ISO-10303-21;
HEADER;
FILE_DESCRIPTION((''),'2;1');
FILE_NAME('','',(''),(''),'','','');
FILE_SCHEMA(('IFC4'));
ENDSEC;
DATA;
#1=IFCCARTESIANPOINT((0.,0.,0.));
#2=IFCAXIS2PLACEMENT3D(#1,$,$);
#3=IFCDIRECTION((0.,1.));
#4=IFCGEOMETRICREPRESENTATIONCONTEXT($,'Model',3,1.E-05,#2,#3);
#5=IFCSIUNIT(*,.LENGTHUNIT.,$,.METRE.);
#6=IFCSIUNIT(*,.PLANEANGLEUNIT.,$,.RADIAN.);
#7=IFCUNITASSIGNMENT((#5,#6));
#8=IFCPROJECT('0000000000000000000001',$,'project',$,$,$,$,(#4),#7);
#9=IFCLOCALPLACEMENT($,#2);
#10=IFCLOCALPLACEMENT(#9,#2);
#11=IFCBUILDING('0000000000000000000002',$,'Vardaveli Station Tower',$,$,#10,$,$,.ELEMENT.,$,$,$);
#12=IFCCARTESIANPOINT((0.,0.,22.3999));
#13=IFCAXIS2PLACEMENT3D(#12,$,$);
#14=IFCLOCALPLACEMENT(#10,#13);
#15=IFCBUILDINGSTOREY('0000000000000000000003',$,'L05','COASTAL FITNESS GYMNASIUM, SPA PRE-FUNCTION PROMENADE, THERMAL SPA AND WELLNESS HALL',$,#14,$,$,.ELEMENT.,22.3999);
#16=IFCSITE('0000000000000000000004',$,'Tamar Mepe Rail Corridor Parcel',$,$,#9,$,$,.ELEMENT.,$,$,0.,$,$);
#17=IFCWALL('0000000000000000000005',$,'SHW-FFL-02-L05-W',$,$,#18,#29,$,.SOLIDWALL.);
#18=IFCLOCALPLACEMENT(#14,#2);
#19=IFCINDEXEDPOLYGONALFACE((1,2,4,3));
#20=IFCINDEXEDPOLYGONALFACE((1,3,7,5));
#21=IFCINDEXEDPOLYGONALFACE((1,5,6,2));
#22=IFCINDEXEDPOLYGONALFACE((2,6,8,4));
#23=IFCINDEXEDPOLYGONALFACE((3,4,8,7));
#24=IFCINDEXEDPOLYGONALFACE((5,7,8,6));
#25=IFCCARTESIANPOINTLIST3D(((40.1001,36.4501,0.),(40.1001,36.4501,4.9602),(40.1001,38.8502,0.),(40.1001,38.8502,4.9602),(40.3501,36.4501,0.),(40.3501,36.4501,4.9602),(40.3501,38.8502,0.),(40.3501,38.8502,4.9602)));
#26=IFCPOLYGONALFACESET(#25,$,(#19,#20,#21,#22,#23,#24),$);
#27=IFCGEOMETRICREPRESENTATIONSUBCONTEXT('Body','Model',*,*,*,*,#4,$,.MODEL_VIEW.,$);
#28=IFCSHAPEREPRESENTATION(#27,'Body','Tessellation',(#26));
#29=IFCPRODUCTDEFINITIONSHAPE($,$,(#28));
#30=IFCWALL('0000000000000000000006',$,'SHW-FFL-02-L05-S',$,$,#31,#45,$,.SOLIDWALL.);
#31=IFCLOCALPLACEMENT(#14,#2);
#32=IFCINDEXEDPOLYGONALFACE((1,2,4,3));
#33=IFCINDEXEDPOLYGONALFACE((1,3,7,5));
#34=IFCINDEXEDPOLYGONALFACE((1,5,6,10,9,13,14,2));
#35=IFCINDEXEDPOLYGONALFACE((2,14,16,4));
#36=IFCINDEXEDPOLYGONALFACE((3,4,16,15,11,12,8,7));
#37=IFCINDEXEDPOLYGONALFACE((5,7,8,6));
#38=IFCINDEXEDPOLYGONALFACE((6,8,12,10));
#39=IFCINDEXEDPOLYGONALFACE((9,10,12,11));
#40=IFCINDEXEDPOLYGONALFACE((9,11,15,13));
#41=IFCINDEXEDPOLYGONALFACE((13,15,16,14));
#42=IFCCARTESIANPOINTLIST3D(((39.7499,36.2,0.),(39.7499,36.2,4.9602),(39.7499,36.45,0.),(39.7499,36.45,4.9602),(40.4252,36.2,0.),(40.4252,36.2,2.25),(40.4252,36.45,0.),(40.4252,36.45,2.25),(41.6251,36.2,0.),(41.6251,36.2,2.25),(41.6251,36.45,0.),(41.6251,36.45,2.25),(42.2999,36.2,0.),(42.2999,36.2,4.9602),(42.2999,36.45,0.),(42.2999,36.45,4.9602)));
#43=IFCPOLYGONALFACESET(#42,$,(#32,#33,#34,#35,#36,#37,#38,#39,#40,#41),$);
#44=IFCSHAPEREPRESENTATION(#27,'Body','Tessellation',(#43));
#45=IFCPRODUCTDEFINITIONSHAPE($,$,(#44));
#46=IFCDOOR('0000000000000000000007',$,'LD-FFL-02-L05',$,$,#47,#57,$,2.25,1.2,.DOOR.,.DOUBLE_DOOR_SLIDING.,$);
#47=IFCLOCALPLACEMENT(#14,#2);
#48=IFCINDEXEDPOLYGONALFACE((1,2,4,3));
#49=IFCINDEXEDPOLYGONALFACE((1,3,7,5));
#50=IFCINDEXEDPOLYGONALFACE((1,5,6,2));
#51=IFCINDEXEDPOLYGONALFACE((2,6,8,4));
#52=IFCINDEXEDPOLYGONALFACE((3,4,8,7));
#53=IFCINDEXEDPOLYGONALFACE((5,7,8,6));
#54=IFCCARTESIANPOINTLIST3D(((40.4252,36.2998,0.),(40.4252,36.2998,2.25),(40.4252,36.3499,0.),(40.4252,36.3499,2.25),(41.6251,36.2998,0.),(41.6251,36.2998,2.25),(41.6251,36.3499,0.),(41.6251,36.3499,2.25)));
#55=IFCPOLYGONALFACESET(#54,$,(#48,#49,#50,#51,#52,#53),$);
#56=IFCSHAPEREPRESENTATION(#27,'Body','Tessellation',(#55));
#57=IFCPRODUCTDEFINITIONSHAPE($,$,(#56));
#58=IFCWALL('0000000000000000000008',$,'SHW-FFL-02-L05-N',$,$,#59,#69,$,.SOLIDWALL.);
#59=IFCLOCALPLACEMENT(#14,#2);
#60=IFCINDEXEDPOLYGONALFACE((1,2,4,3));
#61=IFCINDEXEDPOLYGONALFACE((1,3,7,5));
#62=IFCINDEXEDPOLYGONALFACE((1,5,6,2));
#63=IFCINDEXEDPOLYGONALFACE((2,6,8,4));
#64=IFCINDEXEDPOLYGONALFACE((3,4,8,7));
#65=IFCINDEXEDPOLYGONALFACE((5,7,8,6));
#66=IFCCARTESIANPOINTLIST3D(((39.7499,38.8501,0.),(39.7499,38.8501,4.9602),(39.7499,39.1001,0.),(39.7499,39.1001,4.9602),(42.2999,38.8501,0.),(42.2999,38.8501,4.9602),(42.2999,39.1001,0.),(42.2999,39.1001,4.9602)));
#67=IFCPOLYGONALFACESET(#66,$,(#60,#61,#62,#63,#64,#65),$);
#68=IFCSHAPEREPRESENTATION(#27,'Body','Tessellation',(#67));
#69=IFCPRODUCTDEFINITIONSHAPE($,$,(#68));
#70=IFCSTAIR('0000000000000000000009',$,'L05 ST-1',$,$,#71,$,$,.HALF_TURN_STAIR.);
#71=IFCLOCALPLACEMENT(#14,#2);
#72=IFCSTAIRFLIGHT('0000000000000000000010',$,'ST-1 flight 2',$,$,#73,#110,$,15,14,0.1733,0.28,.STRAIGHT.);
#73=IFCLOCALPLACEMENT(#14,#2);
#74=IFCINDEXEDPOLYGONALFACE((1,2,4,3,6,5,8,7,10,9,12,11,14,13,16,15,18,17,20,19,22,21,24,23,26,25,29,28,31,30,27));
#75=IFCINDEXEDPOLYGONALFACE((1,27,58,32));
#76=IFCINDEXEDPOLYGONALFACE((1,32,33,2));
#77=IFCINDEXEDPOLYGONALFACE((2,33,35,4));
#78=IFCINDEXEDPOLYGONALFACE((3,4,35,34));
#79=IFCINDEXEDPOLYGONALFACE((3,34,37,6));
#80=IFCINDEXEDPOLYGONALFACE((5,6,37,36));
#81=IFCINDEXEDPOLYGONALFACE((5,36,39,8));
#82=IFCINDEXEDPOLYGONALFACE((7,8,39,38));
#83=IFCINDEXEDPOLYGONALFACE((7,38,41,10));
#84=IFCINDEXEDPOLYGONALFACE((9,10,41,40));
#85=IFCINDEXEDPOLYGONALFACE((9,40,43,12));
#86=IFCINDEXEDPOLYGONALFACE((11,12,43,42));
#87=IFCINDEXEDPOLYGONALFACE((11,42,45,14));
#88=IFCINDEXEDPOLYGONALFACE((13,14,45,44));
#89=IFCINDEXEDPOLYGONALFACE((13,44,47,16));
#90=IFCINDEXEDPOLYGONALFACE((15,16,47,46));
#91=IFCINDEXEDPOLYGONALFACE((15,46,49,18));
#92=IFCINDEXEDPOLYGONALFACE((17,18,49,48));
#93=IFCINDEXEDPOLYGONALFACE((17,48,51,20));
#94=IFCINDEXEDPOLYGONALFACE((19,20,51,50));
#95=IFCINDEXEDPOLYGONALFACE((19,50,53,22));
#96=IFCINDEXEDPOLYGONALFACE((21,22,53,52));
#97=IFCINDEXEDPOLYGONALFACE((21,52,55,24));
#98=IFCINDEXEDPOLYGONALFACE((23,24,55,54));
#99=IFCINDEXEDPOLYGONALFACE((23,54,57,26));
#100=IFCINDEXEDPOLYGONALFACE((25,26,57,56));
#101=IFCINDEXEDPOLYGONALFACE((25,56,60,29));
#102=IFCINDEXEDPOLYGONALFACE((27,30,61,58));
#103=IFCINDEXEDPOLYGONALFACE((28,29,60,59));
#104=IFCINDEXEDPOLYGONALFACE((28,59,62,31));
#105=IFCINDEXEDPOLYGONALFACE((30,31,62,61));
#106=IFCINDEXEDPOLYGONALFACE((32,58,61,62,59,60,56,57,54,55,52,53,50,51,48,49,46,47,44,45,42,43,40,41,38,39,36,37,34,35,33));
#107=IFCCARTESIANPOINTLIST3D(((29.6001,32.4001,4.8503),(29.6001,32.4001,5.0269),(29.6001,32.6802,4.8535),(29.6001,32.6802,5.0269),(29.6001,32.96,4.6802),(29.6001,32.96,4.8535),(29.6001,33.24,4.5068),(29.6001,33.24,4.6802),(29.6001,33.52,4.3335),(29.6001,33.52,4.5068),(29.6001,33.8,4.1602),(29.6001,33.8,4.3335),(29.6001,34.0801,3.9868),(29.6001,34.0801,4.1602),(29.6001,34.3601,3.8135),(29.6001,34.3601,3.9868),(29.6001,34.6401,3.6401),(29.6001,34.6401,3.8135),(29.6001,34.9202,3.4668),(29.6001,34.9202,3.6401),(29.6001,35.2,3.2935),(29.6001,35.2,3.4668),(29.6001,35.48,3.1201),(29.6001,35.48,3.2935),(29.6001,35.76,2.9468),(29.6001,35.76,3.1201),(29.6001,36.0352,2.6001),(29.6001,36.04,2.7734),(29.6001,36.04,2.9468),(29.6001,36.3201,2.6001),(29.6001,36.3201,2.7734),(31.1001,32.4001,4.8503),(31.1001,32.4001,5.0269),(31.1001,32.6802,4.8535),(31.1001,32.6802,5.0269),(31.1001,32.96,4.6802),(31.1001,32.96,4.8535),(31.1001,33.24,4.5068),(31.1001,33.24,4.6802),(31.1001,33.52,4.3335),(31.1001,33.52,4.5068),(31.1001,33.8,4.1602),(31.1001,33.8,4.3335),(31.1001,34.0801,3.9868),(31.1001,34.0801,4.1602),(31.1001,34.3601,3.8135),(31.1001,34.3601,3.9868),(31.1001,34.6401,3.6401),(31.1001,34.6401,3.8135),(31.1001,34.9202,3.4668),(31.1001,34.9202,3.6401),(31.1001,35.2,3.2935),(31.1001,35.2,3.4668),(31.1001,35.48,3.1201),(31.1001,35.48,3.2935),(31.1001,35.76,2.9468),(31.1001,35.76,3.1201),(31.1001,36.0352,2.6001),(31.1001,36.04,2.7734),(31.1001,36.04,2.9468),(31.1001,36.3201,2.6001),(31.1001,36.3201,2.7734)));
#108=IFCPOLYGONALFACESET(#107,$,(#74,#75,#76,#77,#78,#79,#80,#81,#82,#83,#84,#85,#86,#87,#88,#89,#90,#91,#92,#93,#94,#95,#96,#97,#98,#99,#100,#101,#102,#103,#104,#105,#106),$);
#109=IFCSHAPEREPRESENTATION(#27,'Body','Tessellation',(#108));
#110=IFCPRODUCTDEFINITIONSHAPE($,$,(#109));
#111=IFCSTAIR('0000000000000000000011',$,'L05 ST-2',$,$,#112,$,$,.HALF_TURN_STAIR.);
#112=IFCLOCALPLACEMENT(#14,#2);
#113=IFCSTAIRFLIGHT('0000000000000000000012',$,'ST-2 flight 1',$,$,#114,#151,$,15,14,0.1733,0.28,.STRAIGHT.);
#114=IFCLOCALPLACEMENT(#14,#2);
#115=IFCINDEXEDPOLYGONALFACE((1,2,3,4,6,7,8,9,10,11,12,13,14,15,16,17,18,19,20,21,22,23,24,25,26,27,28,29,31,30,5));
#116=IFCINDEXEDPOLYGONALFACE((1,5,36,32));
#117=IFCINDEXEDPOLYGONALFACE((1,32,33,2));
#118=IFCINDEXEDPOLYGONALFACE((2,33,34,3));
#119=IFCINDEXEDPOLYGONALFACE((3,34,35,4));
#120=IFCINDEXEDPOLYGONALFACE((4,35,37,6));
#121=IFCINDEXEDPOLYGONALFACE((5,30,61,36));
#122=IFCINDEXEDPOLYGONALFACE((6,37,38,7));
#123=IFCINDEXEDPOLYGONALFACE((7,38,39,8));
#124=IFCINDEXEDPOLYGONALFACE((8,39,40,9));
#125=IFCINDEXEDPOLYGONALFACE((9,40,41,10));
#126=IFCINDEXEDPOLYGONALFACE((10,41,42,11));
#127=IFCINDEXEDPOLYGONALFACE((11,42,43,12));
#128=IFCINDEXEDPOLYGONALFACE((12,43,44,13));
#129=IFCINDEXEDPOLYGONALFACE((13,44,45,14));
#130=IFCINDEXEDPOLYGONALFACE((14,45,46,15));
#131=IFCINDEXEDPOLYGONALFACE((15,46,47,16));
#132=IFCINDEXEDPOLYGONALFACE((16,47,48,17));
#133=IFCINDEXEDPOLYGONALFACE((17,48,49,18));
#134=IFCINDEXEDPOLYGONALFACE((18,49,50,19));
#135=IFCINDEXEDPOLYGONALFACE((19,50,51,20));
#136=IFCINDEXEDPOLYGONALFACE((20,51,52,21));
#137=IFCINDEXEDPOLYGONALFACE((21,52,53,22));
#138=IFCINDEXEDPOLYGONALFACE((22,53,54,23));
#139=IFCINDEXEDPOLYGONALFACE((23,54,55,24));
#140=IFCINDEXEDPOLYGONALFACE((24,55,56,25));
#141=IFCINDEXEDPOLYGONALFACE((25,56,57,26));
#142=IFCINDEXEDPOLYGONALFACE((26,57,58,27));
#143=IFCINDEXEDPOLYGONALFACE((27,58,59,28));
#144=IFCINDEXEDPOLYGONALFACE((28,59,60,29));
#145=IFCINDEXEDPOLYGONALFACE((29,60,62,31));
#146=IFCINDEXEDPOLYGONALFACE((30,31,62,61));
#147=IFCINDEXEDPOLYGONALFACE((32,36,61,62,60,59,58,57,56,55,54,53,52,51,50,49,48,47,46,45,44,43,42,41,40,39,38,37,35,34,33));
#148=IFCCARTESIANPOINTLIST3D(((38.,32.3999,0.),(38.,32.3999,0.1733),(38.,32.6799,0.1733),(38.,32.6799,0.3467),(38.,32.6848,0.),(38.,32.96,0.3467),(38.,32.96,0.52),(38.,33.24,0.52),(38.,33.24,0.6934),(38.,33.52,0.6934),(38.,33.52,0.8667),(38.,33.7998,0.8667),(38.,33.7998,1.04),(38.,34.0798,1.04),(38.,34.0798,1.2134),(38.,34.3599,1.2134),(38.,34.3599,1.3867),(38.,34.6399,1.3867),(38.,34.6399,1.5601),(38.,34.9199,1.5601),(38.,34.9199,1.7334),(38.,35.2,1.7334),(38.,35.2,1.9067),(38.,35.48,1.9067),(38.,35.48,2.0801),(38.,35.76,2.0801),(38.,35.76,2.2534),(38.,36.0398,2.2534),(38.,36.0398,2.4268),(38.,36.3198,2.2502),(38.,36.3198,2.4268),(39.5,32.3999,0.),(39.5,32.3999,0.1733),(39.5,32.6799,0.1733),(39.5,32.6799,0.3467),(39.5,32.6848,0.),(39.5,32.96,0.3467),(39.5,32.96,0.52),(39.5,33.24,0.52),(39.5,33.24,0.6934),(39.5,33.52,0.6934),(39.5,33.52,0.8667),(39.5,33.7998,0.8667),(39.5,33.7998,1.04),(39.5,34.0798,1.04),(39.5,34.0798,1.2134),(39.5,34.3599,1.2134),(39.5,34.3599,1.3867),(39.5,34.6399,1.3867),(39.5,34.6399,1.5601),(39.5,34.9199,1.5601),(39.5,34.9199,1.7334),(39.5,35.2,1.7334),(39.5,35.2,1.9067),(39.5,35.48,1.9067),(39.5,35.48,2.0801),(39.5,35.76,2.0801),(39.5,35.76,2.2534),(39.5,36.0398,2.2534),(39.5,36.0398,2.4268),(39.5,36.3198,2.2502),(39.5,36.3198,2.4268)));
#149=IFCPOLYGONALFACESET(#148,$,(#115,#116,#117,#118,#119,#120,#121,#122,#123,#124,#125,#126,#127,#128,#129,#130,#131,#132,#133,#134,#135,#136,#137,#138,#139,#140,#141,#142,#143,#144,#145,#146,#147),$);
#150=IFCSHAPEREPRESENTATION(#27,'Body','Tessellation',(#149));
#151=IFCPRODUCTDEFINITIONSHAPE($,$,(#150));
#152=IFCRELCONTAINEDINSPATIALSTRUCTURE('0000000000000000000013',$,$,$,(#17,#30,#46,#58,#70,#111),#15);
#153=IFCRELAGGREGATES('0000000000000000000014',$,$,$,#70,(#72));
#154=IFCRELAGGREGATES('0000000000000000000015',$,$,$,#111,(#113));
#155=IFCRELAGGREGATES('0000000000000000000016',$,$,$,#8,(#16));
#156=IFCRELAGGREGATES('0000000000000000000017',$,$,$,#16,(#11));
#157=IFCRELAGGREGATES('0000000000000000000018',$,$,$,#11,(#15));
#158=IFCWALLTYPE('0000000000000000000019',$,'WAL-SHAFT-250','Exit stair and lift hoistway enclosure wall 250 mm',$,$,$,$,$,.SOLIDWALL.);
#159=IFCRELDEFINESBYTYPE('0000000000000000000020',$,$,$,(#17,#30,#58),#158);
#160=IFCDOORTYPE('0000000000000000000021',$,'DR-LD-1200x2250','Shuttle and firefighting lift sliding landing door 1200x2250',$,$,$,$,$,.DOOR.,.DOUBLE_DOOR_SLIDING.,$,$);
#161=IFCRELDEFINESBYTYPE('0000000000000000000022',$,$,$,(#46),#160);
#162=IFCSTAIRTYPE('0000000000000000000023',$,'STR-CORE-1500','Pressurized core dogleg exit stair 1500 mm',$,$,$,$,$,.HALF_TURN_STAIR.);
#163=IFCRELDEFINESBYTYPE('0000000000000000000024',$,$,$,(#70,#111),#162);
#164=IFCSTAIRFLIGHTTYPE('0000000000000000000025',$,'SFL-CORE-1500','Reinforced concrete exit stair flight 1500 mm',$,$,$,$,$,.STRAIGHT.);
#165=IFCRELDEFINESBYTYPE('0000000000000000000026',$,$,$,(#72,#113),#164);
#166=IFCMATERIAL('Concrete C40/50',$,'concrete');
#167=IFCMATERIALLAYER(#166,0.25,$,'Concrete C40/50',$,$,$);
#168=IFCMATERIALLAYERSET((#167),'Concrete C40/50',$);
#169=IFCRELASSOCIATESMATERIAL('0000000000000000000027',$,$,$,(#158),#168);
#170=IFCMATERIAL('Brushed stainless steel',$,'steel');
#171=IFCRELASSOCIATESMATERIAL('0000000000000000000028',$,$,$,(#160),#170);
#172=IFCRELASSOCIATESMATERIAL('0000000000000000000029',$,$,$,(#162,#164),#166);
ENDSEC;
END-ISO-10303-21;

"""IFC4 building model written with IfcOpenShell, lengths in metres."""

from ifc_helpers import new_model, si_unit, direction, frame, frame_2d, origin, place, context, subcontext, project, spatial, polyline, rectangle, outline, extrude, source, transform, mapped, material, layer, layer_set, type_object, element, fill, aggregate, save


model = new_model("IFC4")

# Units and contexts
model_context = context("Model", 3, precision=1e-05, world=origin(), true_north=direction((0.0, 1.0)))
body_context = subcontext(model_context, "Body", "Model", "MODEL_VIEW")
ifc_project = project(units=[si_unit("LENGTHUNIT", "METRE"), si_unit("PLANEANGLEUNIT", "RADIAN")], contexts=[model_context])

# Site, building, storey
site_placement = place(None, origin())
site = spatial("IfcSite", under=ifc_project, at=site_placement, Name="Tamar Mepe Rail Corridor Parcel", CompositionType="ELEMENT", RefElevation=0.0)
building_placement = place(site_placement, origin())
building = spatial("IfcBuilding", under=site, at=building_placement, Name="Vardaveli Station Tower", CompositionType="ELEMENT")
storey_placement = place(building_placement, frame((0.0, 0.0, 22.3999)))
storey = spatial("IfcBuildingStorey", under=building, at=storey_placement, Name="L05", Description="COASTAL FITNESS GYMNASIUM, SPA PRE-FUNCTION PROMENADE, THERMAL SPA AND WELLNESS HALL", CompositionType="ELEMENT", Elevation=22.3999)

# Shared definitions
ifc_material_1 = material(Name="Concrete C40/50", Category="concrete")
ifc_layer_1 = layer(ifc_material_1, 0.25, Name="Concrete C40/50")
ifc_layer_set_1 = layer_set([ifc_layer_1], Name="Concrete C40/50")
wall_type_1 = type_object("IfcWallType", Name="WAL-SHAFT-250", Description="Exit stair and lift hoistway enclosure wall 250 mm", PredefinedType="SOLIDWALL", material=ifc_layer_set_1)

# Shared definitions
shared_shape_1 = source(origin(), body_context, "Body", "SweptSolid", [
    extrude(rectangle(XDim=1.2, YDim=2.25, at=frame_2d((0.6001, 1.125))), frame((0.0, 0.135, 0.0), z_axis=(0.0, -1.0, 0.0), x_axis=(1.0, 0.0, 0.0)), (0.0, 0.0, 1.0), 0.27),
])
ifc_material_2 = material(Name="Brushed stainless steel", Category="steel")
door_type = type_object("IfcDoorType", Name="DR-LD-1200x2250", Description="Shuttle and firefighting lift sliding landing door 1200x2250", OperationType="DOUBLE_DOOR_SLIDING", PredefinedType="DOOR", material=ifc_material_2)
shared_shape_2 = source(origin(), body_context, "Body", "SweptSolid", [
    extrude(rectangle(XDim=1.2, YDim=2.25, at=frame_2d((0.6001, 1.125))), frame((0.0, 0.0249, 0.0), z_axis=(0.0, -1.0, 0.0), x_axis=(1.0, 0.0, 0.0)), (0.0, 0.0, 1.0), 0.05),
])

# Wall
shared_shape_3 = source(origin(), body_context, "Body", "SweptSolid", [
    extrude(rectangle(XDim=2.4001, YDim=0.25, at=frame_2d((1.2002, 0.0))), origin(), (0.0, 0.0, 1.0), 4.9602),
])
for number, where, z_axis, x_axis, name in (
    (1, (40.2251, 36.45, 0.0), (0.0, 0.0, 1.0), (0.0, 1.0, 0.0), "SHW-FFL-02-L05-W"),
):
    element("IfcWall", number, at=place(storey_placement, frame(where, z_axis=z_axis, x_axis=x_axis)), inside=storey, type_object=wall_type_1, Name=name, PredefinedType="SOLIDWALL", context=body_context, shape_type="MappedRepresentation", body=[
        mapped(shared_shape_3, transform((0.0, 0.0, 0.0), scale=1.0)),
    ])

# Wall, opening, door
shared_shape_4 = source(origin(), body_context, "Body", "SweptSolid", [
    extrude(rectangle(XDim=2.55, YDim=0.25, at=frame_2d((1.2749, 0.0))), origin(), (0.0, 0.0, 1.0), 4.9602),
])
wall_1_placement = place(storey_placement, frame((39.75, 36.325, 0.0), z_axis=(0.0, 0.0, 1.0), x_axis=(1.0, 0.0, 0.0)))
wall_1 = element("IfcWall", 2, at=wall_1_placement, inside=storey, type_object=wall_type_1, Name="SHW-FFL-02-L05-S", PredefinedType="SOLIDWALL", context=body_context, shape_type="MappedRepresentation", body=[
    mapped(shared_shape_4, transform((0.0, 0.0, 0.0), scale=1.0)),
])
opening_1_placement = place(wall_1_placement, frame((0.675, 0.0, 0.0)))
opening_1 = element("IfcOpeningElement", 3, at=opening_1_placement, cuts=wall_1, PredefinedType="OPENING", context=body_context, shape_type="MappedRepresentation", body=[
    mapped(shared_shape_1, transform((0.0, 0.0, 0.0), scale=1.0)),
])
door_1_placement = place(opening_1_placement, origin())
door_1 = element("IfcDoor", 4, at=door_1_placement, inside=storey, type_object=door_type, Name="LD-FFL-02-L05", OperationType="DOUBLE_DOOR_SLIDING", OverallHeight=2.25, OverallWidth=1.2, PredefinedType="DOOR", context=body_context, shape_type="MappedRepresentation", body=[
    mapped(shared_shape_2, transform((0.0, 0.0, 0.0), scale=1.0)),
])
fill(opening_1, door_1)

# Wall
wall_2_placement = place(storey_placement, frame((39.75, 38.9751, 0.0), z_axis=(0.0, 0.0, 1.0), x_axis=(1.0, 0.0, 0.0)))
element("IfcWall", 5, at=wall_2_placement, inside=storey, type_object=wall_type_1, Name="SHW-FFL-02-L05-N", PredefinedType="SOLIDWALL", context=body_context, shape_type="MappedRepresentation", body=[
    mapped(shared_shape_4, transform((0.0, 0.0, 0.0), scale=1.0)),
])

# Stair, stair flight
stair_type = type_object("IfcStairType", Name="STR-CORE-1500", Description="Pressurized core dogleg exit stair 1500 mm", PredefinedType="HALF_TURN_STAIR", material=ifc_material_1)
stair_1_placement = place(storey_placement, origin())
stair_1 = element("IfcStair", 6, at=stair_1_placement, inside=storey, type_object=stair_type, Name="L05 ST-1", PredefinedType="HALF_TURN_STAIR")
stair_flight_type = type_object("IfcStairFlightType", Name="SFL-CORE-1500", Description="Reinforced concrete exit stair flight 1500 mm", PredefinedType="STRAIGHT", material=ifc_material_1)
shared_shape_5 = source(origin(), body_context, "Body", "SweptSolid", [
    extrude(outline(polyline([(0.0, 0.0), (0.0, 0.1733), (0.28, 0.1733), (0.28, 0.3467), (0.5601, 0.3467), (0.5601, 0.52), (0.8401, 0.52), (0.8401, 0.6934), (1.1201, 0.6934), (1.1201, 0.8667), (1.3999, 0.8667), (1.3999, 1.04), (1.6799, 1.04), (1.6799, 1.2134), (1.96, 1.2134), (1.96, 1.3867), (2.24, 1.3867), (2.24, 1.5601), (2.52, 1.5601), (2.52, 1.7334), (2.8, 1.7334), (2.8, 1.9067), (3.0801, 1.9067), (3.0801, 2.0801), (3.3601, 2.0801), (3.3601, 2.2534), (3.6399, 2.2534), (3.6399, 2.4268), (3.9199, 2.4268), (3.9199, 2.6001), (3.9199, 2.2502), (0.2849, 0.0), (0.0, 0.0)])), frame((0.0, 0.75, 0.0), z_axis=(0.0, -1.0, 0.0), x_axis=(1.0, 0.0, 0.0)), (0.0, 0.0, 1.0), 1.5),
])
stair_flight_1_placement = place(storey_placement, frame((30.3501, 36.3201, 2.6001), z_axis=(0.0, 0.0, 1.0), x_axis=(0.0, -1.0, 0.0)))
stair_flight_1 = element("IfcStairFlight", 7, at=stair_flight_1_placement, type_object=stair_flight_type, Name="ST-1 flight 2", NumberOfRisers=15, NumberOfTreads=14, PredefinedType="STRAIGHT", RiserHeight=0.1733, TreadLength=0.28, context=body_context, shape_type="MappedRepresentation", body=[
    mapped(shared_shape_5, transform((0.0, 0.0, 0.0), scale=1.0)),
])
aggregate(stair_1, [stair_flight_1])

# Stair, stair flight
stair_2_placement = place(storey_placement, origin())
stair_2 = element("IfcStair", 8, at=stair_2_placement, inside=storey, type_object=stair_type, Name="L05 ST-2", PredefinedType="HALF_TURN_STAIR")
stair_flight_2_placement = place(storey_placement, frame((38.75, 32.3999, 0.0), z_axis=(0.0, 0.0, 1.0), x_axis=(0.0, 1.0, 0.0)))
stair_flight_2 = element("IfcStairFlight", 9, at=stair_flight_2_placement, type_object=stair_flight_type, Name="ST-2 flight 1", NumberOfRisers=15, NumberOfTreads=14, PredefinedType="STRAIGHT", RiserHeight=0.1733, TreadLength=0.28, context=body_context, shape_type="MappedRepresentation", body=[
    mapped(shared_shape_5, transform((0.0, 0.0, 0.0), scale=1.0)),
])
aggregate(stair_2, [stair_flight_2])

save(model, "model.ifc")
